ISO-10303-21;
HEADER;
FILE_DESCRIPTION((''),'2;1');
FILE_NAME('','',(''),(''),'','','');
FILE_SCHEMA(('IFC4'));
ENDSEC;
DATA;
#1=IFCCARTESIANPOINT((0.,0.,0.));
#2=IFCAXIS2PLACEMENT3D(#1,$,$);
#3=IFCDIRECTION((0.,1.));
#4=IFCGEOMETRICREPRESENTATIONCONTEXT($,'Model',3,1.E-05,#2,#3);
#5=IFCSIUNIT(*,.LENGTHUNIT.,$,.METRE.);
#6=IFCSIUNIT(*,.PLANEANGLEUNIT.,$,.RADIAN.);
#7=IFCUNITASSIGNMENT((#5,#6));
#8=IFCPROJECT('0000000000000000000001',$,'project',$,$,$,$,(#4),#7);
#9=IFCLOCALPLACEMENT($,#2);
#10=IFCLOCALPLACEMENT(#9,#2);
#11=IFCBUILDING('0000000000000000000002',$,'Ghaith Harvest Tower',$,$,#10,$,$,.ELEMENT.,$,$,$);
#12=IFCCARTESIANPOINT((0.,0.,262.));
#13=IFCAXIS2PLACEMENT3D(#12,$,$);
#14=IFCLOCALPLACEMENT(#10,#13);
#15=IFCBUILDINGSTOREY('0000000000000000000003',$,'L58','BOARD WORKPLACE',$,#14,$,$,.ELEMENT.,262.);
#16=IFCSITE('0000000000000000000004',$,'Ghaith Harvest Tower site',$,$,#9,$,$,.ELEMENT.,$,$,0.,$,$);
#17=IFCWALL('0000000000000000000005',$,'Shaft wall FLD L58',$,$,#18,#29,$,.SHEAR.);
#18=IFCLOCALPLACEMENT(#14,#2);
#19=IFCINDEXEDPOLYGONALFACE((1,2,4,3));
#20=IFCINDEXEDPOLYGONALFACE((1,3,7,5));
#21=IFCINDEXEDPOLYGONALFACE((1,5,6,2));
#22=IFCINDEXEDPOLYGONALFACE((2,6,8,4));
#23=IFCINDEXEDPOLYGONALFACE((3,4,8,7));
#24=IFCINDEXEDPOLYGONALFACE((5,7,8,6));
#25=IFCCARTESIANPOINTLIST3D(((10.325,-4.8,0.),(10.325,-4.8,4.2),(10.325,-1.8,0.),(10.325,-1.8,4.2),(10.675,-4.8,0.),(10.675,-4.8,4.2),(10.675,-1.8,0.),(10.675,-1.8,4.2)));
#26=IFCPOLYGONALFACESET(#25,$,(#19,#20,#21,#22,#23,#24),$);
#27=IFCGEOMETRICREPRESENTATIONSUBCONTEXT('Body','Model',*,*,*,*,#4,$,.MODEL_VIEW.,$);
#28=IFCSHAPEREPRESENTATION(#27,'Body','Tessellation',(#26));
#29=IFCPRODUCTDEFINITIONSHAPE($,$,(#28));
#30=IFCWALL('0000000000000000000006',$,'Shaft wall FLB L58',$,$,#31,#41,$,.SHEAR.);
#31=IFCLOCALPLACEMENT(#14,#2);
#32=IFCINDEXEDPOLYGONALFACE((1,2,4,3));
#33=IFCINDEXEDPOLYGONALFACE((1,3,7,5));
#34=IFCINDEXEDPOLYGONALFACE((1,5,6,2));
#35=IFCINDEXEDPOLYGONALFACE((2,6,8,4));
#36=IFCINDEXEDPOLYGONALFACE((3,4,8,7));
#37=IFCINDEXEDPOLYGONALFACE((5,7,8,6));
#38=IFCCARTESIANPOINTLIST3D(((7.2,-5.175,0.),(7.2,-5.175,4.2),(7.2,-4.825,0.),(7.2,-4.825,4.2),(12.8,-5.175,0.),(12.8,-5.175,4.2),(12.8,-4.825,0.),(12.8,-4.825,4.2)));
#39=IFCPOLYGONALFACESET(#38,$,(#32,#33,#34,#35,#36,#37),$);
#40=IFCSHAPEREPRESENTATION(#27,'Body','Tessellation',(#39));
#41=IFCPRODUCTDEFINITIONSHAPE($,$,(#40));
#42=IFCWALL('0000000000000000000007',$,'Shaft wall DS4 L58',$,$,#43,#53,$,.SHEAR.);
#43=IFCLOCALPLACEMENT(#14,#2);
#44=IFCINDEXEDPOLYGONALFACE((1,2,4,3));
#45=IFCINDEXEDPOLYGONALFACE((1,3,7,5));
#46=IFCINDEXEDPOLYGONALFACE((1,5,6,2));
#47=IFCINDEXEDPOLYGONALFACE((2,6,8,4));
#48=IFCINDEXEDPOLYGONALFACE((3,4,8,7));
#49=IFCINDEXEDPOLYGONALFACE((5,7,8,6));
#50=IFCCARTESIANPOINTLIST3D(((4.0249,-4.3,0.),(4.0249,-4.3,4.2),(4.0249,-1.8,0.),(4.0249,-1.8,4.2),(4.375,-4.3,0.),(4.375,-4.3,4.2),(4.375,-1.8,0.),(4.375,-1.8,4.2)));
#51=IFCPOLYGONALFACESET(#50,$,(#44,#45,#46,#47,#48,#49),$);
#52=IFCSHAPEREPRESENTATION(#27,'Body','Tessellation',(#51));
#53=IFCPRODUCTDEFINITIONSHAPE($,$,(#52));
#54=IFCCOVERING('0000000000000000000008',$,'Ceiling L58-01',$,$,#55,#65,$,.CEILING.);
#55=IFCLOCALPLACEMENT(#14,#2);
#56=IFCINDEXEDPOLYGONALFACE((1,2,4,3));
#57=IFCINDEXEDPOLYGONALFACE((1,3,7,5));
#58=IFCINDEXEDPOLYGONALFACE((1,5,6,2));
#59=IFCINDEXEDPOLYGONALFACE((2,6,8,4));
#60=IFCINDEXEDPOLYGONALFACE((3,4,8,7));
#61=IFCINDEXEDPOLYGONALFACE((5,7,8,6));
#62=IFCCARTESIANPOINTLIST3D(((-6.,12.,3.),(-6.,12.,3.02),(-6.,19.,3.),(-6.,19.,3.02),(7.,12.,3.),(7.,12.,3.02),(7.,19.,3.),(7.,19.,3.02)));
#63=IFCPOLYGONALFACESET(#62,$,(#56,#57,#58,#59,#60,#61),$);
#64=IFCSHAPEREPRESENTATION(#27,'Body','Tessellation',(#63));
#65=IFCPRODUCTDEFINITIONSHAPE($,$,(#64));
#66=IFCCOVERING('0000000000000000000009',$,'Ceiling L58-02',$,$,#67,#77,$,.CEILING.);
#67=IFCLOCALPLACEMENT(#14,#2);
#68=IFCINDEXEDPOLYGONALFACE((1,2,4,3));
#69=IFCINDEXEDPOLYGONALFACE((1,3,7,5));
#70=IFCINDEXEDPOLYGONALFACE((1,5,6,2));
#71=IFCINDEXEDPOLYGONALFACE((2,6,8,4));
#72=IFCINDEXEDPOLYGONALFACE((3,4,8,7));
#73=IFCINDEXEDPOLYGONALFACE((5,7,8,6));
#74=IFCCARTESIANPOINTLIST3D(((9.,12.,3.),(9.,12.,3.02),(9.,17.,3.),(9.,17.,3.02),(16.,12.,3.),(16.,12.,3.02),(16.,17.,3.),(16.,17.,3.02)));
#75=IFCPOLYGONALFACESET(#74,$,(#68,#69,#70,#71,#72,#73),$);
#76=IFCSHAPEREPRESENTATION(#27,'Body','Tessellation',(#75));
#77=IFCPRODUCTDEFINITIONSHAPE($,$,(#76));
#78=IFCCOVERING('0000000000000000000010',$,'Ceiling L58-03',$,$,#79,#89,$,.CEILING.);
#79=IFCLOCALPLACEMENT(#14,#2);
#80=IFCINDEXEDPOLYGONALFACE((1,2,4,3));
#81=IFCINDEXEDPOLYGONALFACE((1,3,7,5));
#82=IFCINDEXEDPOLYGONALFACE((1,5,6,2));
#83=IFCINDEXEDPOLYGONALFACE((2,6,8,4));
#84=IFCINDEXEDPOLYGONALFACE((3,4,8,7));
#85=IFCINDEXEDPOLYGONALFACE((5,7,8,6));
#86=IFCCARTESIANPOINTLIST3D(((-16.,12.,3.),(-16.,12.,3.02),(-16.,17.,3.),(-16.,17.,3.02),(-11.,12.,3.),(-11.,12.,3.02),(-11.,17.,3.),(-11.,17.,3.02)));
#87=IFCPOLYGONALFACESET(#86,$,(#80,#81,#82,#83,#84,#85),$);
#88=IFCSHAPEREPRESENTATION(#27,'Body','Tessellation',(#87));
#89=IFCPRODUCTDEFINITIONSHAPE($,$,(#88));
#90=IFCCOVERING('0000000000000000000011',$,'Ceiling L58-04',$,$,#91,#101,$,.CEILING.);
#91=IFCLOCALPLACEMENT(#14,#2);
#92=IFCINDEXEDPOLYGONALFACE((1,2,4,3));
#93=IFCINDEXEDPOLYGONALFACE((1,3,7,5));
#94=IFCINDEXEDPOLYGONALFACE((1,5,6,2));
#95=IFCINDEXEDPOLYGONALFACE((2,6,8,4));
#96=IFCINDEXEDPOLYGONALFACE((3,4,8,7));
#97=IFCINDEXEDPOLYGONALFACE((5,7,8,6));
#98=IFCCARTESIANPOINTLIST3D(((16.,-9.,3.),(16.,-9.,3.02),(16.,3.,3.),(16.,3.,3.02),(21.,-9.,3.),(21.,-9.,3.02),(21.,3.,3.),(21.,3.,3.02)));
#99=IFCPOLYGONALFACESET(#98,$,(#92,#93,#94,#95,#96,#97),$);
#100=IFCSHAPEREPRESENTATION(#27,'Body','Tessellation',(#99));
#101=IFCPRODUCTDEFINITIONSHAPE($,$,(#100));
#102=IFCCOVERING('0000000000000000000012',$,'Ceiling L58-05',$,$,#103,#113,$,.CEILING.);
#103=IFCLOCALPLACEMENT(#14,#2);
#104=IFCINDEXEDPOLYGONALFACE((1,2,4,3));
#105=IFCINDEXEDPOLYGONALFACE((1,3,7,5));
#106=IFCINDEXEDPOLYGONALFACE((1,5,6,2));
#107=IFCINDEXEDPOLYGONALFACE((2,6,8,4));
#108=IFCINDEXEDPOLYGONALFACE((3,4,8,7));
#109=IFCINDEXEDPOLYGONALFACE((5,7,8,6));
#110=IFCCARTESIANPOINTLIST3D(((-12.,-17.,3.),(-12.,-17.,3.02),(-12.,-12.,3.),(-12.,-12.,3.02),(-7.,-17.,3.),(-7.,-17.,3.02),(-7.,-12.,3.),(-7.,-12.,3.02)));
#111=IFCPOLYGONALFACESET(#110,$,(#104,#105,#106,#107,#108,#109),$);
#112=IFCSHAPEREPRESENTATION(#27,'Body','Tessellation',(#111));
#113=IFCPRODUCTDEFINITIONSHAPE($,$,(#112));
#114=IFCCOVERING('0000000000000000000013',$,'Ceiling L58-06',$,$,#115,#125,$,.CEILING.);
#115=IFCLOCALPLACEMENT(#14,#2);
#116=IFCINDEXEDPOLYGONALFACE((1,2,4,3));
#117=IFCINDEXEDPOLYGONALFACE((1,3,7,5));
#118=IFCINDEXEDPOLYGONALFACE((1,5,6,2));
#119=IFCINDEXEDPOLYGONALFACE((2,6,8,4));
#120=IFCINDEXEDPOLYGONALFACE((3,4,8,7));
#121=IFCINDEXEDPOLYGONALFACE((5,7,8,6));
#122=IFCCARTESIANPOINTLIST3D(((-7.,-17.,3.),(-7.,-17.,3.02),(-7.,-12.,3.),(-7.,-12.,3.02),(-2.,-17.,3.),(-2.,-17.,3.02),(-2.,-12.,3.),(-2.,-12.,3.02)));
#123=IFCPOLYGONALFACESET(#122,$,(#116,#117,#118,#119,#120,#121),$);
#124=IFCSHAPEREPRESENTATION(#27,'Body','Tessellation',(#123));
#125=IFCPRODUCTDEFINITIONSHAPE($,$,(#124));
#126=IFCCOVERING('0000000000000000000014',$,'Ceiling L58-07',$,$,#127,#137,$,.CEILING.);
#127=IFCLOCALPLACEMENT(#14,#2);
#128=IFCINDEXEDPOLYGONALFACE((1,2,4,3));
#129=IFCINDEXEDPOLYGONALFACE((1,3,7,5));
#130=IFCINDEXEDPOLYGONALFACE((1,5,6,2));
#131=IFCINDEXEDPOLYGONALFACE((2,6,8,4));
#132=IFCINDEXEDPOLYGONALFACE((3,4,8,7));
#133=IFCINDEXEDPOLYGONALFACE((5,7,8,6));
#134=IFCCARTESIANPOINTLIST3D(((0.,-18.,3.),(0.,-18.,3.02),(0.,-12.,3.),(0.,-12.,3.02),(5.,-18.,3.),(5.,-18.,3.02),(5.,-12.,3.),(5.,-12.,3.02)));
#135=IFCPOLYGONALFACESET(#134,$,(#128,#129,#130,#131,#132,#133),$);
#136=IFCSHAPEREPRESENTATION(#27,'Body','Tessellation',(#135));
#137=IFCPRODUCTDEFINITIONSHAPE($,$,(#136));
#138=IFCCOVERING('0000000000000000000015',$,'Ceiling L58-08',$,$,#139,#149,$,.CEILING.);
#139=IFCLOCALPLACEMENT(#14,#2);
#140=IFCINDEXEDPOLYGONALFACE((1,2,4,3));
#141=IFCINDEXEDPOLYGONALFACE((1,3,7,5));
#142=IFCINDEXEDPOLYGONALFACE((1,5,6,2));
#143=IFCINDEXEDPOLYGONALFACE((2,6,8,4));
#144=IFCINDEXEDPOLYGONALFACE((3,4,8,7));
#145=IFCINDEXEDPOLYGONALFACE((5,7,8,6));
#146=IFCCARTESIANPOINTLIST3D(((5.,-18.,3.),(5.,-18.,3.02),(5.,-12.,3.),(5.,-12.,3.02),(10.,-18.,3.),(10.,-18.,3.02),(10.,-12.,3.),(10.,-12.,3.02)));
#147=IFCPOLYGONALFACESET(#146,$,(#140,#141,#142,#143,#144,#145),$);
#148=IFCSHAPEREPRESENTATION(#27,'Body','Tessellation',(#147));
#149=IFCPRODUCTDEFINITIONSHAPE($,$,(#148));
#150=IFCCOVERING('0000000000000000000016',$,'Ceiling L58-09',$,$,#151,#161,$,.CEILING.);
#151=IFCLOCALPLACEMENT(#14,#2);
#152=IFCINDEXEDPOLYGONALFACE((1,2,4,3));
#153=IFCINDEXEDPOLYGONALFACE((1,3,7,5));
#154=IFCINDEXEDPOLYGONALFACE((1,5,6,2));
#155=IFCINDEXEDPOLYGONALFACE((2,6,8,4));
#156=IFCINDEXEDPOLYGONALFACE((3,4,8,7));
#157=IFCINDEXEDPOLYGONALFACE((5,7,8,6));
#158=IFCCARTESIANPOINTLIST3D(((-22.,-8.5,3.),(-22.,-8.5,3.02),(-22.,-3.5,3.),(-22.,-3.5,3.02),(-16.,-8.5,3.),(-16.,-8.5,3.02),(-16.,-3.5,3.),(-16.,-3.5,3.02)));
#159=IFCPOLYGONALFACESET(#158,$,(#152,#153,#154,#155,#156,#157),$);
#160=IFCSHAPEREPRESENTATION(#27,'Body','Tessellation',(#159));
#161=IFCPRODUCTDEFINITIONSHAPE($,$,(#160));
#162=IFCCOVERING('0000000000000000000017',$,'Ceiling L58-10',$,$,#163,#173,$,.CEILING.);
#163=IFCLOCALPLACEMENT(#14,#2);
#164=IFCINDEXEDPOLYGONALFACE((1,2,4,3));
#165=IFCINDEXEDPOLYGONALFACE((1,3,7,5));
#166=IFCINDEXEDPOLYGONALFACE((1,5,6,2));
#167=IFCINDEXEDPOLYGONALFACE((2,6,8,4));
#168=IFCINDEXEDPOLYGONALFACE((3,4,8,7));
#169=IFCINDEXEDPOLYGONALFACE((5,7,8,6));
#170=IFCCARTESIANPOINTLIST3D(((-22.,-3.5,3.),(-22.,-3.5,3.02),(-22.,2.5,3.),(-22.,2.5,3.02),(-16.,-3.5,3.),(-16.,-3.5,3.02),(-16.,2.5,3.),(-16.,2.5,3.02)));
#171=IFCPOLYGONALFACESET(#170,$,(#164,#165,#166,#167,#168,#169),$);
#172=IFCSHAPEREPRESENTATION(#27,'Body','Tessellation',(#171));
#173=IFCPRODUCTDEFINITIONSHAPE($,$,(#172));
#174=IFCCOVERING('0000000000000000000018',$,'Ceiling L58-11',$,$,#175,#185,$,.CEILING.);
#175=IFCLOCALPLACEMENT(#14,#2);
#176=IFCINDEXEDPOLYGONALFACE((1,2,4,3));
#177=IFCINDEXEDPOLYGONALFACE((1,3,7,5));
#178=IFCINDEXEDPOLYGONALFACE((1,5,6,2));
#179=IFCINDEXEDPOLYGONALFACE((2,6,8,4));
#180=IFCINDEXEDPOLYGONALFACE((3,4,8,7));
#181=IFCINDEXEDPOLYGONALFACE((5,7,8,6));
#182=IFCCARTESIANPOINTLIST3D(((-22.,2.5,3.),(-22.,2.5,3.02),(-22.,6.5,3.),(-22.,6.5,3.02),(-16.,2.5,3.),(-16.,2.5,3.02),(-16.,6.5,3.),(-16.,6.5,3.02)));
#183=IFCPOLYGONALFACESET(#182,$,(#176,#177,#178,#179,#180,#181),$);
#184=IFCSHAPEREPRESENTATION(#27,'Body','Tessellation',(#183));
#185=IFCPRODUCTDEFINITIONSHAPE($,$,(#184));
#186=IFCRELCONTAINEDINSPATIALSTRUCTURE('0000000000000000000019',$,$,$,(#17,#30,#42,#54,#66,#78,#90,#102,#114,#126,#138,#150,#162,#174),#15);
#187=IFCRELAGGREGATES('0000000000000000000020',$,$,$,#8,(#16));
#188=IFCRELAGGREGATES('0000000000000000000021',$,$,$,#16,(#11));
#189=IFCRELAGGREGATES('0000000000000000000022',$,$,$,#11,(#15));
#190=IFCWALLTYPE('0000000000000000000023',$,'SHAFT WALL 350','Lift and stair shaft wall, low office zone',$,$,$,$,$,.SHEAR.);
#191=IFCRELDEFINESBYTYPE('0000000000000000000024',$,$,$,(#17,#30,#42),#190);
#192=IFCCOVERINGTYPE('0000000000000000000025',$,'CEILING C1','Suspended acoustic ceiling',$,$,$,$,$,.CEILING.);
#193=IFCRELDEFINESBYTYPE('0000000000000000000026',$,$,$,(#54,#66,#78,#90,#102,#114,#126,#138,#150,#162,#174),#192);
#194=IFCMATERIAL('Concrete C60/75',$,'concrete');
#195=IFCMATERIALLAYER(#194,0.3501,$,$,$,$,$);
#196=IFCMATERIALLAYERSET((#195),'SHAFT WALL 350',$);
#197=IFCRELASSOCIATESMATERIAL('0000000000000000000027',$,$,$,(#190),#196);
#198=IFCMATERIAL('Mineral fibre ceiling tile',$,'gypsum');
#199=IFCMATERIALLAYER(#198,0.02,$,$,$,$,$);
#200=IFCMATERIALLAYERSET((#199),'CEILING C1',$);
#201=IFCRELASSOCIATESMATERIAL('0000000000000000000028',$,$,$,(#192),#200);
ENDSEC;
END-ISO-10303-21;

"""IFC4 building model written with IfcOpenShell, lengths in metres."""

from ifc_helpers import new_model, si_unit, direction, frame, frame_2d, origin, place, context, subcontext, project, spatial, polyline, rectangle, outline, extrude, material, layer, layer_set, type_object, element, save


model = new_model("IFC4")

# Units and contexts
model_context = context("Model", 3, precision=1e-05, world=origin(), true_north=direction((0.0, 1.0)))
body_context = subcontext(model_context, "Body", "Model", "MODEL_VIEW")
ifc_project = project(units=[si_unit("LENGTHUNIT", "METRE"), si_unit("PLANEANGLEUNIT", "RADIAN")], contexts=[model_context])

# Site, building, storey
site_placement = place(None, origin())
site = spatial("IfcSite", under=ifc_project, at=site_placement, Name="Ghaith Harvest Tower site", CompositionType="ELEMENT", RefElevation=0.0)
building_placement = place(site_placement, origin())
building = spatial("IfcBuilding", under=site, at=building_placement, Name="Ghaith Harvest Tower", CompositionType="ELEMENT")
storey_placement = place(building_placement, frame((0.0, 0.0, 262.0)))
storey = spatial("IfcBuildingStorey", under=building, at=storey_placement, Name="L58", Description="BOARD WORKPLACE", CompositionType="ELEMENT", Elevation=262.0)

# Shared definitions
ifc_material_1 = material(Name="Concrete C60/75", Category="concrete")
ifc_layer_1 = layer(ifc_material_1, 0.3501)
ifc_layer_set_1 = layer_set([ifc_layer_1], Name="SHAFT WALL 350")
wall_type_1 = type_object("IfcWallType", Name="SHAFT WALL 350", Description="Lift and stair shaft wall, low office zone", PredefinedType="SHEAR", material=ifc_layer_set_1)

# Walls
wall_1_placement = place(storey_placement, frame((10.5, -4.8, 0.0), z_axis=(0.0, 0.0, 1.0), x_axis=(0.0, 1.0, 0.0)))
element("IfcWall", 1, at=wall_1_placement, inside=storey, type_object=wall_type_1, Name="Shaft wall FLD L58", PredefinedType="SHEAR", context=body_context, shape_type="SweptSolid", body=[
    extrude(rectangle(XDim=3.0, YDim=0.3501, at=frame_2d((1.5, 0.0))), origin(), (0.0, 0.0, 1.0), 4.2),
])
wall_2_placement = place(storey_placement, frame((7.2, -5.0, 0.0), z_axis=(0.0, 0.0, 1.0), x_axis=(1.0, 0.0, 0.0)))
element("IfcWall", 2, at=wall_2_placement, inside=storey, type_object=wall_type_1, Name="Shaft wall FLB L58", PredefinedType="SHEAR", context=body_context, shape_type="SweptSolid", body=[
    extrude(rectangle(XDim=5.6001, YDim=0.3501, at=frame_2d((2.8, 0.0))), origin(), (0.0, 0.0, 1.0), 4.2),
])
wall_3_placement = place(storey_placement, frame((4.2, -4.3, 0.0), z_axis=(0.0, 0.0, 1.0), x_axis=(0.0, 1.0, 0.0)))
element("IfcWall", 3, at=wall_3_placement, inside=storey, type_object=wall_type_1, Name="Shaft wall DS4 L58", PredefinedType="SHEAR", context=body_context, shape_type="SweptSolid", body=[
    extrude(rectangle(XDim=2.5, YDim=0.3501, at=frame_2d((1.25, 0.0))), origin(), (0.0, 0.0, 1.0), 4.2),
])

# Coverings
ifc_material_2 = material(Name="Mineral fibre ceiling tile", Category="gypsum")
ifc_layer_2 = layer(ifc_material_2, 0.02)
ifc_layer_set_2 = layer_set([ifc_layer_2], Name="CEILING C1")
covering_type = type_object("IfcCoveringType", Name="CEILING C1", Description="Suspended acoustic ceiling", PredefinedType="CEILING", material=ifc_layer_set_2)
covering_1_placement = place(storey_placement, frame((0.0, 0.0, 3.0)))
element("IfcCovering", 4, at=covering_1_placement, inside=storey, type_object=covering_type, Name="Ceiling L58-01", PredefinedType="CEILING", context=body_context, shape_type="SweptSolid", body=[
    extrude(outline(polyline([(-6.0, 12.0), (7.0, 12.0), (7.0, 19.0), (-6.0, 19.0), (-6.0, 12.0)])), origin(), (0.0, 0.0, 1.0), 0.02),
])
covering_2_placement = place(storey_placement, frame((0.0, 0.0, 3.0)))
element("IfcCovering", 5, at=covering_2_placement, inside=storey, type_object=covering_type, Name="Ceiling L58-02", PredefinedType="CEILING", context=body_context, shape_type="SweptSolid", body=[
    extrude(outline(polyline([(9.0, 12.0), (16.0, 12.0), (16.0, 17.0), (9.0, 17.0), (9.0, 12.0)])), origin(), (0.0, 0.0, 1.0), 0.02),
])
covering_3_placement = place(storey_placement, frame((0.0, 0.0, 3.0)))
element("IfcCovering", 6, at=covering_3_placement, inside=storey, type_object=covering_type, Name="Ceiling L58-03", PredefinedType="CEILING", context=body_context, shape_type="SweptSolid", body=[
    extrude(outline(polyline([(-16.0, 12.0), (-11.0, 12.0), (-11.0, 17.0), (-16.0, 17.0), (-16.0, 12.0)])), origin(), (0.0, 0.0, 1.0), 0.02),
])
covering_4_placement = place(storey_placement, frame((0.0, 0.0, 3.0)))
element("IfcCovering", 7, at=covering_4_placement, inside=storey, type_object=covering_type, Name="Ceiling L58-04", PredefinedType="CEILING", context=body_context, shape_type="SweptSolid", body=[
    extrude(outline(polyline([(16.0, -9.0), (21.0, -9.0), (21.0, 3.0), (16.0, 3.0), (16.0, -9.0)])), origin(), (0.0, 0.0, 1.0), 0.02),
])
covering_5_placement = place(storey_placement, frame((0.0, 0.0, 3.0)))
element("IfcCovering", 8, at=covering_5_placement, inside=storey, type_object=covering_type, Name="Ceiling L58-05", PredefinedType="CEILING", context=body_context, shape_type="SweptSolid", body=[
    extrude(outline(polyline([(-12.0, -17.0), (-7.0, -17.0), (-7.0, -12.0), (-12.0, -12.0), (-12.0, -17.0)])), origin(), (0.0, 0.0, 1.0), 0.02),
])
covering_6_placement = place(storey_placement, frame((0.0, 0.0, 3.0)))
element("IfcCovering", 9, at=covering_6_placement, inside=storey, type_object=covering_type, Name="Ceiling L58-06", PredefinedType="CEILING", context=body_context, shape_type="SweptSolid", body=[
    extrude(outline(polyline([(-7.0, -17.0), (-2.0, -17.0), (-2.0, -12.0), (-7.0, -12.0), (-7.0, -17.0)])), origin(), (0.0, 0.0, 1.0), 0.02),
])
covering_7_placement = place(storey_placement, frame((0.0, 0.0, 3.0)))
element("IfcCovering", 10, at=covering_7_placement, inside=storey, type_object=covering_type, Name="Ceiling L58-07", PredefinedType="CEILING", context=body_context, shape_type="SweptSolid", body=[
    extrude(outline(polyline([(0.0, -18.0), (5.0, -18.0), (5.0, -12.0), (0.0, -12.0), (0.0, -18.0)])), origin(), (0.0, 0.0, 1.0), 0.02),
])
covering_8_placement = place(storey_placement, frame((0.0, 0.0, 3.0)))
element("IfcCovering", 11, at=covering_8_placement, inside=storey, type_object=covering_type, Name="Ceiling L58-08", PredefinedType="CEILING", context=body_context, shape_type="SweptSolid", body=[
    extrude(outline(polyline([(5.0, -18.0), (10.0, -18.0), (10.0, -12.0), (5.0, -12.0), (5.0, -18.0)])), origin(), (0.0, 0.0, 1.0), 0.02),
])
covering_9_placement = place(storey_placement, frame((0.0, 0.0, 3.0)))
element("IfcCovering", 12, at=covering_9_placement, inside=storey, type_object=covering_type, Name="Ceiling L58-09", PredefinedType="CEILING", context=body_context, shape_type="SweptSolid", body=[
    extrude(outline(polyline([(-22.0, -8.5), (-16.0, -8.5), (-16.0, -3.5), (-22.0, -3.5), (-22.0, -8.5)])), origin(), (0.0, 0.0, 1.0), 0.02),
])
covering_10_placement = place(storey_placement, frame((0.0, 0.0, 3.0)))
element("IfcCovering", 13, at=covering_10_placement, inside=storey, type_object=covering_type, Name="Ceiling L58-10", PredefinedType="CEILING", context=body_context, shape_type="SweptSolid", body=[
    extrude(outline(polyline([(-22.0, -3.5), (-16.0, -3.5), (-16.0, 2.5), (-22.0, 2.5), (-22.0, -3.5)])), origin(), (0.0, 0.0, 1.0), 0.02),
])
covering_11_placement = place(storey_placement, frame((0.0, 0.0, 3.0)))
element("IfcCovering", 14, at=covering_11_placement, inside=storey, type_object=covering_type, Name="Ceiling L58-11", PredefinedType="CEILING", context=body_context, shape_type="SweptSolid", body=[
    extrude(outline(polyline([(-22.0, 2.5), (-16.0, 2.5), (-16.0, 6.5), (-22.0, 6.5), (-22.0, 2.5)])), origin(), (0.0, 0.0, 1.0), 0.02),
])

save(model, "model.ifc")
